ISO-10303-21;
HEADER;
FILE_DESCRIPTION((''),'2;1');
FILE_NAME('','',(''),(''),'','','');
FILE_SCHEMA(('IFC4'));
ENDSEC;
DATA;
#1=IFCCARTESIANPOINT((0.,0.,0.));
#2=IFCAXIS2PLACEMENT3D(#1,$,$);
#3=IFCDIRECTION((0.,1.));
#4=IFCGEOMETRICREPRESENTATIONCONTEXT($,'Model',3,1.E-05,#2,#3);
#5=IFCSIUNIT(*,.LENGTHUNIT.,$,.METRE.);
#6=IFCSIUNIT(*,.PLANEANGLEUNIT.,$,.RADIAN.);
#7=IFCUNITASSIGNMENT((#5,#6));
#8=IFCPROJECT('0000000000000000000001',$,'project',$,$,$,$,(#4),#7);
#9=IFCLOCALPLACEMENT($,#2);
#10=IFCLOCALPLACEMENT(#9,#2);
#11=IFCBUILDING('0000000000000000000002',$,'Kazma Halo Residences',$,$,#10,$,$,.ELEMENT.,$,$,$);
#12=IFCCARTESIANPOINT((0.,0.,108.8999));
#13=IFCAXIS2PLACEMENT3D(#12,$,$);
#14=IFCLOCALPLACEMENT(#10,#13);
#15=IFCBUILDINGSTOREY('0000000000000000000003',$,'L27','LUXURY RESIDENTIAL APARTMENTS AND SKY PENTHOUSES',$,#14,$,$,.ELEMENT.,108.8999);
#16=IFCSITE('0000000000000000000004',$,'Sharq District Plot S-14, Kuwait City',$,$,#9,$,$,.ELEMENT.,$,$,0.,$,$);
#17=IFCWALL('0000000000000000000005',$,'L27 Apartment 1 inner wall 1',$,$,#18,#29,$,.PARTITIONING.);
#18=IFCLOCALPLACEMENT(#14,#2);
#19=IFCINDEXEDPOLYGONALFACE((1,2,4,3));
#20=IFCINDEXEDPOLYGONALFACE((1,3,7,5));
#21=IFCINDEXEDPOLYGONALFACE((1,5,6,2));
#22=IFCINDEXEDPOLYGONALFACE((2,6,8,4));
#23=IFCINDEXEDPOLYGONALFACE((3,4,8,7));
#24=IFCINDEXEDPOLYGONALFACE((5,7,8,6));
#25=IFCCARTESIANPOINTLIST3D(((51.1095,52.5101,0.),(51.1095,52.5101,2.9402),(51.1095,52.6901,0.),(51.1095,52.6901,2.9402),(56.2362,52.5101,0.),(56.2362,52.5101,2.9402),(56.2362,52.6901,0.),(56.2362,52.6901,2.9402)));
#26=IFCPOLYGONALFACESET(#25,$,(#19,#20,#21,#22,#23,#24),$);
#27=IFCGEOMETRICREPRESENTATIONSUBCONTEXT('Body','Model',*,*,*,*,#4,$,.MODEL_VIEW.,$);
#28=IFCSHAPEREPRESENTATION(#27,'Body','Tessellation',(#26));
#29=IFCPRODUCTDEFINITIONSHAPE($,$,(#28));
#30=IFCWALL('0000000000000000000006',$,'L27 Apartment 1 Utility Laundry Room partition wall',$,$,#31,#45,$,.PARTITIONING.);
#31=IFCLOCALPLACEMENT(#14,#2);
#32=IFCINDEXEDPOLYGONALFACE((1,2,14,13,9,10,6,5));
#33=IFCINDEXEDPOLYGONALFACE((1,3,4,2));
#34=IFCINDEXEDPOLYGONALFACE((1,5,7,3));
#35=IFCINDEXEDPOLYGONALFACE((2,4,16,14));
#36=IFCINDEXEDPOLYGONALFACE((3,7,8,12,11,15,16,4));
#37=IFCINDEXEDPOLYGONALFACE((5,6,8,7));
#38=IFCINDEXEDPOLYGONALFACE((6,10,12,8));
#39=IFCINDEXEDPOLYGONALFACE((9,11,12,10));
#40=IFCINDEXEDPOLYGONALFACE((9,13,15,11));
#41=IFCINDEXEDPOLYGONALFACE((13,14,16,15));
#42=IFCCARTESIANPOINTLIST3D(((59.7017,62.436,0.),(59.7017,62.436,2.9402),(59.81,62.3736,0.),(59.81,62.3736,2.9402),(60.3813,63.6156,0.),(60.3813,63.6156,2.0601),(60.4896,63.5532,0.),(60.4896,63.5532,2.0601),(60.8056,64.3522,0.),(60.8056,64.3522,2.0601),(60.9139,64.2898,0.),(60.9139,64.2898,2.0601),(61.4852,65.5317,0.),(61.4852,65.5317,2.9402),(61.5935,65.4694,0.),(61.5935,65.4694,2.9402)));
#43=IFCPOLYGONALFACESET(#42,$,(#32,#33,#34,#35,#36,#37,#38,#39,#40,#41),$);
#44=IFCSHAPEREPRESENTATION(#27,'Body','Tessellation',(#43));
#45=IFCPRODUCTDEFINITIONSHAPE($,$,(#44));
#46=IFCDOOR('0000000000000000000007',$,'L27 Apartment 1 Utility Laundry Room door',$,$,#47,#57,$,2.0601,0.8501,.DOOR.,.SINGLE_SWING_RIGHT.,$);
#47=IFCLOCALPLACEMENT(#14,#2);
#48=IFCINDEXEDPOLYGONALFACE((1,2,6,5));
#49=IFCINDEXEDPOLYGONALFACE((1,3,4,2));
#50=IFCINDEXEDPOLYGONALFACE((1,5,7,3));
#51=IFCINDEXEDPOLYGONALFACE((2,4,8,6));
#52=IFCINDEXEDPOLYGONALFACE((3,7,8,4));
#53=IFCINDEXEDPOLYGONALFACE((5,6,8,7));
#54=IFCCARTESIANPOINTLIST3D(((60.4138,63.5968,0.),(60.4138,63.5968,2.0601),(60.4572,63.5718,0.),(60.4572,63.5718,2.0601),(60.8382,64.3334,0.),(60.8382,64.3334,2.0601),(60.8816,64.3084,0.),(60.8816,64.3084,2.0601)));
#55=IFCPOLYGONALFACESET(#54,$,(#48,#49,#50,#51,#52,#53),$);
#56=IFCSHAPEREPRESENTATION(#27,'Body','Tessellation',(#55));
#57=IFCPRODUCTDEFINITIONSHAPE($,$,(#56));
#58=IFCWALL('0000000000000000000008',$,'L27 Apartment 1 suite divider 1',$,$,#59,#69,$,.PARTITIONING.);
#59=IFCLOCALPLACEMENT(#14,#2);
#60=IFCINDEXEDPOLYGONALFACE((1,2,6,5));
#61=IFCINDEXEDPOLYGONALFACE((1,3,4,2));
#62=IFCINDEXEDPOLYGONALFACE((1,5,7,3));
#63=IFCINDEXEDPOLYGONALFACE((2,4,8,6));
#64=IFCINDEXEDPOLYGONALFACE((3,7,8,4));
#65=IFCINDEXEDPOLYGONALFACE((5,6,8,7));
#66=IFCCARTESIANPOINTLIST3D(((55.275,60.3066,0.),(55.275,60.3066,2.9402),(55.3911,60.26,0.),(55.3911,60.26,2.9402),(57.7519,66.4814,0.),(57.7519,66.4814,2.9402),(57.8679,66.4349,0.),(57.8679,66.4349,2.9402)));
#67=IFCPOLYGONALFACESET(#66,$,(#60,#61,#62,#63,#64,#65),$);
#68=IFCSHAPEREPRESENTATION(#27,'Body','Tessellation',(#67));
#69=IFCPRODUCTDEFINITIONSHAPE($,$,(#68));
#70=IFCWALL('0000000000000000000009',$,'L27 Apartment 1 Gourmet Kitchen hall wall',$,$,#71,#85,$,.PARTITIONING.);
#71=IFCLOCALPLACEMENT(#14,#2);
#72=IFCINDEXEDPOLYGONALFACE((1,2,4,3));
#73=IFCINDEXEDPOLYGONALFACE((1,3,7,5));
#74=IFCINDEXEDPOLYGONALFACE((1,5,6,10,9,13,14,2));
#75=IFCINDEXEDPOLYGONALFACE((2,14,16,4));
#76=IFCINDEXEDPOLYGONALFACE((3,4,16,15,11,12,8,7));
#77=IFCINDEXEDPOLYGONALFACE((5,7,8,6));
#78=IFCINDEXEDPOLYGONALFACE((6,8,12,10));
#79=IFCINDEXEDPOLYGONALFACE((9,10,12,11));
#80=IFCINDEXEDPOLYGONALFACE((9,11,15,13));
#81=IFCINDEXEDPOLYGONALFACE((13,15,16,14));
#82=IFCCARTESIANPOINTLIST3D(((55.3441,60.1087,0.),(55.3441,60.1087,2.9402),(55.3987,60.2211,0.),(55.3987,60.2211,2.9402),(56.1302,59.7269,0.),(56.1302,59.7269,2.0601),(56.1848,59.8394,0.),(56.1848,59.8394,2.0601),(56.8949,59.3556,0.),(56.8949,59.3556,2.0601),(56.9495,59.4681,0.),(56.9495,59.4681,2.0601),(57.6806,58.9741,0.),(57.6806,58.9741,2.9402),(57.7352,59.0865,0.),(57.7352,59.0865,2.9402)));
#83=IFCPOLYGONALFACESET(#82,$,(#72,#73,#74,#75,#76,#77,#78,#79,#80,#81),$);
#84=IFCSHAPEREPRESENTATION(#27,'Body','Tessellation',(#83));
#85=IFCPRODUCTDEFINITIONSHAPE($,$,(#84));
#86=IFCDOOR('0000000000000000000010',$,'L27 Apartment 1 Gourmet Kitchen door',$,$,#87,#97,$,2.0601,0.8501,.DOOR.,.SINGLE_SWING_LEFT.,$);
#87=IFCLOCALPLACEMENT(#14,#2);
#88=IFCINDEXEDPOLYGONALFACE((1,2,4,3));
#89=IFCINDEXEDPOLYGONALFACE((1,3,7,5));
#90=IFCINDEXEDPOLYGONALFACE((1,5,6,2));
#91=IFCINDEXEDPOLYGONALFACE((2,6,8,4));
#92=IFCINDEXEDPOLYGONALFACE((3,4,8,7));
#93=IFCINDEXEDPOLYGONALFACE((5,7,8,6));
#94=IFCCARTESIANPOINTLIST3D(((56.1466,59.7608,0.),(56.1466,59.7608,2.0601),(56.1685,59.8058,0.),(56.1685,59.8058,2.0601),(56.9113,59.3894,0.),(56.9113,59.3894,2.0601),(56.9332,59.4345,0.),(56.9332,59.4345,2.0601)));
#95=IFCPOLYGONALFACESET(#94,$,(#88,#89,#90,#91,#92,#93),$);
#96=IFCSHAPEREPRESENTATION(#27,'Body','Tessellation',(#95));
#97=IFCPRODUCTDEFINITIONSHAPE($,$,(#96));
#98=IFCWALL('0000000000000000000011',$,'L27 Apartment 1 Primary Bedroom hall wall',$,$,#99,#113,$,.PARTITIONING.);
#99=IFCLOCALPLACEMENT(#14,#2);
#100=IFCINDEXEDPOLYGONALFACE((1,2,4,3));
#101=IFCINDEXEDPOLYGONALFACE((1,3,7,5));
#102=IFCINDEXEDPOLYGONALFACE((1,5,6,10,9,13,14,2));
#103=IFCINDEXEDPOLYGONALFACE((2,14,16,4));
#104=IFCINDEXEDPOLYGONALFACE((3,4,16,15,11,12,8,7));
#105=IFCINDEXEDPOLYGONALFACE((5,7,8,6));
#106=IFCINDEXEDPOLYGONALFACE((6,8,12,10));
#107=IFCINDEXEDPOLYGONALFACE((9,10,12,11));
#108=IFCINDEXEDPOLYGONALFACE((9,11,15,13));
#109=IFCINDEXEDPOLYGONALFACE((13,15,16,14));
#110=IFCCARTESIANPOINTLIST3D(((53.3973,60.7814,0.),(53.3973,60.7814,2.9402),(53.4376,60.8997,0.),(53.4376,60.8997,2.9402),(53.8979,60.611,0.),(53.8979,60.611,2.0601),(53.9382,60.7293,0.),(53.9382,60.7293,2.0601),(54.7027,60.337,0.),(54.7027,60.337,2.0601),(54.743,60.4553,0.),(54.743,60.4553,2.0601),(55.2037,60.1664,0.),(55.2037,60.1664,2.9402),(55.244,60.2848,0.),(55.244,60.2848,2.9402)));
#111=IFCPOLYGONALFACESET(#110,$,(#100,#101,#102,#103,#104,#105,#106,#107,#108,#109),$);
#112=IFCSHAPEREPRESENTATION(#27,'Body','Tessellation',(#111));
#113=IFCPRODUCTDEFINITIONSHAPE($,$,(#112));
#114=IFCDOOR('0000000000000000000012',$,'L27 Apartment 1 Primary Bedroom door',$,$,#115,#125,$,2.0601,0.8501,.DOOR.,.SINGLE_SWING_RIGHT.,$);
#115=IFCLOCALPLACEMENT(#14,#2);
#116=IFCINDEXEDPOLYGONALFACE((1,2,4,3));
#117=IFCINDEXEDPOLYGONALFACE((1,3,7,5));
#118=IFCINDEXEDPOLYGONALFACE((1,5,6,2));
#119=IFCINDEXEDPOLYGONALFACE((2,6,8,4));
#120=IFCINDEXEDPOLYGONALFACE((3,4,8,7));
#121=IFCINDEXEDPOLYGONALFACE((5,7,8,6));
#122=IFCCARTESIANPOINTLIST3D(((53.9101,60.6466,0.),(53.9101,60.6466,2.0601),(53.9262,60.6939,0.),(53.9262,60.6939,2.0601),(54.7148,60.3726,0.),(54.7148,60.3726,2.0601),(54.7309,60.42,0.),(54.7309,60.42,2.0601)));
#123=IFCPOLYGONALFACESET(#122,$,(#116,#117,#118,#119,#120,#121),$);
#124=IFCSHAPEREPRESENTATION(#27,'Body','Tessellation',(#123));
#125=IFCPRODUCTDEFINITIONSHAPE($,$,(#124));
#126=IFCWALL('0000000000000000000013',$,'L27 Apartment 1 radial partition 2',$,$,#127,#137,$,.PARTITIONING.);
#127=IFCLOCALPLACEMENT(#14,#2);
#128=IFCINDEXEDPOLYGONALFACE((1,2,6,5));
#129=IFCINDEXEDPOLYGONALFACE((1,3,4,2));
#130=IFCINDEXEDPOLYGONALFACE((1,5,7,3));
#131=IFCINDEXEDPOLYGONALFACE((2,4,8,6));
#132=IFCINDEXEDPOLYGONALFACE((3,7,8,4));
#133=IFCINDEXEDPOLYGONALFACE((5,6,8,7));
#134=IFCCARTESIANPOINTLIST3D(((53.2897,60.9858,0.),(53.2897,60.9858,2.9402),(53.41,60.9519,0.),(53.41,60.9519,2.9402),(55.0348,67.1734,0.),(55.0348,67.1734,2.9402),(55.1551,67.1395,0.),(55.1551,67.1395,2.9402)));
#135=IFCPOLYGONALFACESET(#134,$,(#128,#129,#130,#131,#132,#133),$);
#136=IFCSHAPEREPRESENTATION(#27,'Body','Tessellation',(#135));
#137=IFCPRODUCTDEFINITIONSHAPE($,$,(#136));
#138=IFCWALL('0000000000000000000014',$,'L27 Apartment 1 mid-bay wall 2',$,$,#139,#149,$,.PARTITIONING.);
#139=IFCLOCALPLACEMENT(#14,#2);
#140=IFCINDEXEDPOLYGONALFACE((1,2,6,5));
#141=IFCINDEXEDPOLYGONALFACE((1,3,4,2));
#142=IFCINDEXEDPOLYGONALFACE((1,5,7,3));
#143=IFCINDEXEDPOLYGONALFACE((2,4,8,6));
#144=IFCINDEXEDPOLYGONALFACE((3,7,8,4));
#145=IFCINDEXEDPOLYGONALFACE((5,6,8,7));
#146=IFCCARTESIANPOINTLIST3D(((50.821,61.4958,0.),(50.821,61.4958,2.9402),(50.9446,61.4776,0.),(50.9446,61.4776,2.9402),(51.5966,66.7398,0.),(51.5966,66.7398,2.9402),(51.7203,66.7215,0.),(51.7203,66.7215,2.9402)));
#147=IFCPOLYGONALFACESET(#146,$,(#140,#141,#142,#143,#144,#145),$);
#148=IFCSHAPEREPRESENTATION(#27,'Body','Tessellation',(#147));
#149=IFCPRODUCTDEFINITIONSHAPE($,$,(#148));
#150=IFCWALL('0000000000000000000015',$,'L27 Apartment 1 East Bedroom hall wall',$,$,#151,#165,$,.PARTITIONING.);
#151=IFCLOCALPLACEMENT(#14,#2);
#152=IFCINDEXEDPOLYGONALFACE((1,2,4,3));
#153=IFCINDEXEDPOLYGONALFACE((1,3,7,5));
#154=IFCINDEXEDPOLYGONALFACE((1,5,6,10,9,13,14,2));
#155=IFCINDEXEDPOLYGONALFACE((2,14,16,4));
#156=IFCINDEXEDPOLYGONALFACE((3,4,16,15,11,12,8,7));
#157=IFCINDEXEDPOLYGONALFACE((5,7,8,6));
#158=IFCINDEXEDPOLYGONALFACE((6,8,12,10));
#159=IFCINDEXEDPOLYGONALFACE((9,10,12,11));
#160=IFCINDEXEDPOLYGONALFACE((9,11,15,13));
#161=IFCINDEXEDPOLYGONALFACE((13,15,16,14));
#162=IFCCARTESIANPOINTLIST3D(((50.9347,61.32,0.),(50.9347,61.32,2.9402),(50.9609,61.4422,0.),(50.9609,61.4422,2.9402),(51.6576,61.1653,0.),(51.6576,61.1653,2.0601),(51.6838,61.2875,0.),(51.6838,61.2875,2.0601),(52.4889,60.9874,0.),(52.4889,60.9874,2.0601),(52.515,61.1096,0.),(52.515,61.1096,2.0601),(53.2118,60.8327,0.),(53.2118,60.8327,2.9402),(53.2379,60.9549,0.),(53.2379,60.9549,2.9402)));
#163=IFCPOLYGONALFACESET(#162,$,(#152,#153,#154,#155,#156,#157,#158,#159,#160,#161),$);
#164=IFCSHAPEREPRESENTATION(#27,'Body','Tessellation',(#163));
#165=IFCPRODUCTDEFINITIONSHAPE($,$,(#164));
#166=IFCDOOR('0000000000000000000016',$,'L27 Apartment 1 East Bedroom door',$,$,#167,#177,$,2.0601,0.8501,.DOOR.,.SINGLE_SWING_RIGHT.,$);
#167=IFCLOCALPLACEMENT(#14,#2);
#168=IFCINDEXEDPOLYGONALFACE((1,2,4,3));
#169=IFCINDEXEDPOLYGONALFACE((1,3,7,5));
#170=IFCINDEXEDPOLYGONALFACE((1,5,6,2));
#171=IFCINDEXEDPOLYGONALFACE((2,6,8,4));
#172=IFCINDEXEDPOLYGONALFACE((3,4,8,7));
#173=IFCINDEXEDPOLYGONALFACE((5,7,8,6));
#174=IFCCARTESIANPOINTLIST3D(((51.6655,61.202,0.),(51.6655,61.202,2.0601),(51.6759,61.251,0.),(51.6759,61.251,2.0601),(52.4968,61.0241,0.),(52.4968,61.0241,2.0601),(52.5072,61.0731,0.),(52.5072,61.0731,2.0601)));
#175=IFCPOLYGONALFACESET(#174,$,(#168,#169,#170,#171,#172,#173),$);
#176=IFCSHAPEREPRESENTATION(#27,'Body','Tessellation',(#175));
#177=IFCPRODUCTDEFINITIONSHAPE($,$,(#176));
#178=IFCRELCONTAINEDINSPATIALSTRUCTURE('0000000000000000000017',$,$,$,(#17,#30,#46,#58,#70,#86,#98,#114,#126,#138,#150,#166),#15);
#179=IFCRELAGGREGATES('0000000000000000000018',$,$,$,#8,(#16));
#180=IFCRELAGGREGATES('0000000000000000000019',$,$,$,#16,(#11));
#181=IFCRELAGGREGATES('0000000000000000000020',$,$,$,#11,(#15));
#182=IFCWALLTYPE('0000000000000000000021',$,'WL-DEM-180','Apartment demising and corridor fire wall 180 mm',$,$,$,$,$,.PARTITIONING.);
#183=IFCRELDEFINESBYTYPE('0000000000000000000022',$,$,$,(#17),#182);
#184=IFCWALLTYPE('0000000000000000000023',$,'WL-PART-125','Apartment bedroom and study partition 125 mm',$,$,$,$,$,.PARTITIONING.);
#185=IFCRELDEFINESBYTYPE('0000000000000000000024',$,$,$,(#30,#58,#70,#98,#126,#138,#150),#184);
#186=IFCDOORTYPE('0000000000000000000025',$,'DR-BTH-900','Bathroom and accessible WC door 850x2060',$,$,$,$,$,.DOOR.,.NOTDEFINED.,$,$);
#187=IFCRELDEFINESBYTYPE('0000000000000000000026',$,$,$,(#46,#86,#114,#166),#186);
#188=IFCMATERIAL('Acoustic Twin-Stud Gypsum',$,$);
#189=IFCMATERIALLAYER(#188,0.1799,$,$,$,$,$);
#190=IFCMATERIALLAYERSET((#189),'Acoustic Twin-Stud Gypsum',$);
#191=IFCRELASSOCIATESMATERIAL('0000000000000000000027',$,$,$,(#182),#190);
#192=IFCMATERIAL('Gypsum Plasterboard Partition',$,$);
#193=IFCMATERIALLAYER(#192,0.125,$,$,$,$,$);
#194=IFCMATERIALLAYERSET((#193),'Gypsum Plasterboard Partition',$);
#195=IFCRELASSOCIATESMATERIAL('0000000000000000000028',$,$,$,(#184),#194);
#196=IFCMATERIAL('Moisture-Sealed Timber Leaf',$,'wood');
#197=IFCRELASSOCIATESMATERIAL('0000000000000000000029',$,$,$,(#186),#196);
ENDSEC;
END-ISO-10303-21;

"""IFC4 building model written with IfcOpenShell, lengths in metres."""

from ifc_helpers import new_model, si_unit, direction, frame, frame_2d, origin, place, context, subcontext, project, spatial, rectangle, extrude, material, layer, layer_set, type_object, element, fill, save


model = new_model("IFC4")

# Units and contexts
model_context = context("Model", 3, precision=1e-05, world=origin(), true_north=direction((0.0, 1.0)))
body_context = subcontext(model_context, "Body", "Model", "MODEL_VIEW")
ifc_project = project(units=[si_unit("LENGTHUNIT", "METRE"), si_unit("PLANEANGLEUNIT", "RADIAN")], contexts=[model_context])

# Site, building, storey
site_placement = place(None, origin())
site = spatial("IfcSite", under=ifc_project, at=site_placement, Name="Sharq District Plot S-14, Kuwait City", CompositionType="ELEMENT", RefElevation=0.0)
building_placement = place(site_placement, origin())
building = spatial("IfcBuilding", under=site, at=building_placement, Name="Kazma Halo Residences", CompositionType="ELEMENT")
storey_placement = place(building_placement, frame((0.0, 0.0, 108.8999)))
storey = spatial("IfcBuildingStorey", under=building, at=storey_placement, Name="L27", Description="LUXURY RESIDENTIAL APARTMENTS AND SKY PENTHOUSES", CompositionType="ELEMENT", Elevation=108.8999)

# Wall
ifc_material_1 = material(Name="Acoustic Twin-Stud Gypsum")
ifc_layer_1 = layer(ifc_material_1, 0.1799)
ifc_layer_set_1 = layer_set([ifc_layer_1], Name="Acoustic Twin-Stud Gypsum")
wall_type_1 = type_object("IfcWallType", Name="WL-DEM-180", Description="Apartment demising and corridor fire wall 180 mm", PredefinedType="PARTITIONING", material=ifc_layer_set_1)
wall_1_placement = place(storey_placement, frame((56.2363, 52.6001, 0.0), z_axis=(0.0, 0.0, 1.0), x_axis=(-1.0, 0.0, 0.0)))
element("IfcWall", 1, at=wall_1_placement, inside=storey, type_object=wall_type_1, Name="L27 Apartment 1 inner wall 1", PredefinedType="PARTITIONING", context=body_context, shape_type="SweptSolid", body=[
    extrude(rectangle(XDim=5.1267, YDim=0.1799, at=frame_2d((2.5635, 0.0))), origin(), (0.0, 0.0, 1.0), 2.9402),
])

# Wall, opening, door
ifc_material_2 = material(Name="Gypsum Plasterboard Partition")
ifc_layer_2 = layer(ifc_material_2, 0.125)
ifc_layer_set_2 = layer_set([ifc_layer_2], Name="Gypsum Plasterboard Partition")
wall_type_2 = type_object("IfcWallType", Name="WL-PART-125", Description="Apartment bedroom and study partition 125 mm", PredefinedType="PARTITIONING", material=ifc_layer_set_2)
wall_2_placement = place(storey_placement, frame((59.7559, 62.4048, 0.0), z_axis=(0.0, 0.0, 1.0), x_axis=(0.49919, 0.866493, 0.0)))
wall_2 = element("IfcWall", 2, at=wall_2_placement, inside=storey, type_object=wall_type_2, Name="L27 Apartment 1 Utility Laundry Room partition wall", PredefinedType="PARTITIONING", context=body_context, shape_type="SweptSolid", body=[
    extrude(rectangle(XDim=3.5728, YDim=0.125, at=frame_2d((1.7864, 0.0))), origin(), (0.0, 0.0, 1.0), 2.9402),
])
opening_1_placement = place(wall_2_placement, frame((1.3613, 0.0, 0.0)))
opening_1 = element("IfcOpeningElement", 3, at=opening_1_placement, cuts=wall_2, PredefinedType="OPENING", context=body_context, shape_type="SweptSolid", body=[
    extrude(rectangle(XDim=0.8501, YDim=2.0601, at=frame_2d((0.425, 1.03))), frame((0.0, 0.0725, 0.0), z_axis=(0.0, -1.0, 0.0), x_axis=(1.0, 0.0, 0.0)), (0.0, 0.0, 1.0), 0.145),
])
ifc_material_3 = material(Name="Moisture-Sealed Timber Leaf", Category="wood")
door_type_1 = type_object("IfcDoorType", Name="DR-BTH-900", Description="Bathroom and accessible WC door 850x2060", OperationType="NOTDEFINED", PredefinedType="DOOR", material=ifc_material_3)
door_1_placement = place(opening_1_placement, origin())
door_1 = element("IfcDoor", 4, at=door_1_placement, inside=storey, type_object=door_type_1, Name="L27 Apartment 1 Utility Laundry Room door", OperationType="SINGLE_SWING_RIGHT", OverallHeight=2.0601, OverallWidth=0.8501, PredefinedType="DOOR", context=body_context, shape_type="SweptSolid", body=[
    extrude(rectangle(XDim=0.8501, YDim=2.0601, at=frame_2d((0.425, 1.03))), frame((0.0, 0.0249, 0.0), z_axis=(0.0, -1.0, 0.0), x_axis=(1.0, 0.0, 0.0)), (0.0, 0.0, 1.0), 0.05),
])
fill(opening_1, door_1)

# Wall
wall_3_placement = place(storey_placement, frame((55.333, 60.2832, 0.0), z_axis=(0.0, 0.0, 1.0), x_axis=(0.372283, 0.928119, 0.0)))
element("IfcWall", 5, at=wall_3_placement, inside=storey, type_object=wall_type_2, Name="L27 Apartment 1 suite divider 1", PredefinedType="PARTITIONING", context=body_context, shape_type="SweptSolid", body=[
    extrude(rectangle(XDim=6.6531, YDim=0.125, at=frame_2d((3.3267, 0.0))), origin(), (0.0, 0.0, 1.0), 2.9402),
])

# Walls, openings, doors
wall_4_placement = place(storey_placement, frame((57.708, 59.0303, 0.0), z_axis=(0.0, 0.0, 1.0), x_axis=(-0.899556, 0.436806, 0.0)))
wall_4 = element("IfcWall", 6, at=wall_4_placement, inside=storey, type_object=wall_type_2, Name="L27 Apartment 1 Gourmet Kitchen hall wall", PredefinedType="PARTITIONING", context=body_context, shape_type="SweptSolid", body=[
    extrude(rectangle(XDim=2.5974, YDim=0.125, at=frame_2d((1.2988, 0.0))), origin(), (0.0, 0.0, 1.0), 2.9402),
])
opening_2_placement = place(wall_4_placement, frame((0.8735, 0.0, 0.0)))
opening_2 = element("IfcOpeningElement", 7, at=opening_2_placement, cuts=wall_4, PredefinedType="OPENING", context=body_context, shape_type="SweptSolid", body=[
    extrude(rectangle(XDim=0.8501, YDim=2.0601, at=frame_2d((0.425, 1.03))), frame((0.0, 0.0725, 0.0), z_axis=(0.0, -1.0, 0.0), x_axis=(1.0, 0.0, 0.0)), (0.0, 0.0, 1.0), 0.145),
])
door_2_placement = place(opening_2_placement, origin())
door_2 = element("IfcDoor", 8, at=door_2_placement, inside=storey, type_object=door_type_1, Name="L27 Apartment 1 Gourmet Kitchen door", OperationType="SINGLE_SWING_LEFT", OverallHeight=2.0601, OverallWidth=0.8501, PredefinedType="DOOR", context=body_context, shape_type="SweptSolid", body=[
    extrude(rectangle(XDim=0.8501, YDim=2.0601, at=frame_2d((0.425, 1.03))), frame((0.0, 0.0249, 0.0), z_axis=(0.0, -1.0, 0.0), x_axis=(1.0, 0.0, 0.0)), (0.0, 0.0, 1.0), 0.05),
])
fill(opening_2, door_2)
wall_5_placement = place(storey_placement, frame((55.2239, 60.2256, 0.0), z_axis=(0.0, 0.0, 1.0), x_axis=(-0.946642, 0.322286, 0.0)))
wall_5 = element("IfcWall", 9, at=wall_5_placement, inside=storey, type_object=wall_type_2, Name="L27 Apartment 1 Primary Bedroom hall wall", PredefinedType="PARTITIONING", context=body_context, shape_type="SweptSolid", body=[
    extrude(rectangle(XDim=1.9082, YDim=0.125, at=frame_2d((0.9541, 0.0))), origin(), (0.0, 0.0, 1.0), 2.9402),
])
opening_3_placement = place(wall_5_placement, frame((0.5293, 0.0, 0.0)))
opening_3 = element("IfcOpeningElement", 10, at=opening_3_placement, cuts=wall_5, PredefinedType="OPENING", context=body_context, shape_type="SweptSolid", body=[
    extrude(rectangle(XDim=0.8501, YDim=2.0601, at=frame_2d((0.425, 1.03))), frame((0.0, 0.0725, 0.0), z_axis=(0.0, -1.0, 0.0), x_axis=(1.0, 0.0, 0.0)), (0.0, 0.0, 1.0), 0.145),
])
door_3_placement = place(opening_3_placement, origin())
door_3 = element("IfcDoor", 11, at=door_3_placement, inside=storey, type_object=door_type_1, Name="L27 Apartment 1 Primary Bedroom door", OperationType="SINGLE_SWING_RIGHT", OverallHeight=2.0601, OverallWidth=0.8501, PredefinedType="DOOR", context=body_context, shape_type="SweptSolid", body=[
    extrude(rectangle(XDim=0.8501, YDim=2.0601, at=frame_2d((0.425, 1.03))), frame((0.0, 0.0249, 0.0), z_axis=(0.0, -1.0, 0.0), x_axis=(1.0, 0.0, 0.0)), (0.0, 0.0, 1.0), 0.05),
])
fill(opening_3, door_3)

# Walls
wall_6_placement = place(storey_placement, frame((53.3499, 60.969, 0.0), z_axis=(0.0, 0.0, 1.0), x_axis=(0.271449, 0.962453, 0.0)))
element("IfcWall", 12, at=wall_6_placement, inside=storey, type_object=wall_type_2, Name="L27 Apartment 1 radial partition 2", PredefinedType="PARTITIONING", context=body_context, shape_type="SweptSolid", body=[
    extrude(rectangle(XDim=6.429, YDim=0.125, at=frame_2d((3.2144, 0.0))), origin(), (0.0, 0.0, 1.0), 2.9402),
])
wall_7_placement = place(storey_placement, frame((50.8828, 61.4868, 0.0), z_axis=(0.0, 0.0, 1.0), x_axis=(0.14632, 0.989237, 0.0)))
element("IfcWall", 13, at=wall_7_placement, inside=storey, type_object=wall_type_2, Name="L27 Apartment 1 mid-bay wall 2", PredefinedType="PARTITIONING", context=body_context, shape_type="SweptSolid", body=[
    extrude(rectangle(XDim=5.301, YDim=0.125, at=frame_2d((2.6504, 0.0))), origin(), (0.0, 0.0, 1.0), 2.9402),
])

# Wall, opening, door
wall_8_placement = place(storey_placement, frame((53.2249, 60.8938, 0.0), z_axis=(0.0, 0.0, 1.0), x_axis=(-0.977859, 0.209264, 0.0)))
wall_8 = element("IfcWall", 14, at=wall_8_placement, inside=storey, type_object=wall_type_2, Name="L27 Apartment 1 East Bedroom hall wall", PredefinedType="PARTITIONING", context=body_context, shape_type="SweptSolid", body=[
    extrude(rectangle(XDim=2.3286, YDim=0.125, at=frame_2d((1.1643, 0.0))), origin(), (0.0, 0.0, 1.0), 2.9402),
])
opening_4_placement = place(wall_8_placement, frame((0.7393, 0.0, 0.0)))
opening_4 = element("IfcOpeningElement", 15, at=opening_4_placement, cuts=wall_8, PredefinedType="OPENING", context=body_context, shape_type="SweptSolid", body=[
    extrude(rectangle(XDim=0.8501, YDim=2.0601, at=frame_2d((0.425, 1.03))), frame((0.0, 0.0725, 0.0), z_axis=(0.0, -1.0, 0.0), x_axis=(1.0, 0.0, 0.0)), (0.0, 0.0, 1.0), 0.145),
])
door_4_placement = place(opening_4_placement, origin())
door_4 = element("IfcDoor", 16, at=door_4_placement, inside=storey, type_object=door_type_1, Name="L27 Apartment 1 East Bedroom door", OperationType="SINGLE_SWING_RIGHT", OverallHeight=2.0601, OverallWidth=0.8501, PredefinedType="DOOR", context=body_context, shape_type="SweptSolid", body=[
    extrude(rectangle(XDim=0.8501, YDim=2.0601, at=frame_2d((0.425, 1.03))), frame((0.0, 0.0249, 0.0), z_axis=(0.0, -1.0, 0.0), x_axis=(1.0, 0.0, 0.0)), (0.0, 0.0, 1.0), 0.05),
])
fill(opening_4, door_4)

save(model, "model.ifc")
